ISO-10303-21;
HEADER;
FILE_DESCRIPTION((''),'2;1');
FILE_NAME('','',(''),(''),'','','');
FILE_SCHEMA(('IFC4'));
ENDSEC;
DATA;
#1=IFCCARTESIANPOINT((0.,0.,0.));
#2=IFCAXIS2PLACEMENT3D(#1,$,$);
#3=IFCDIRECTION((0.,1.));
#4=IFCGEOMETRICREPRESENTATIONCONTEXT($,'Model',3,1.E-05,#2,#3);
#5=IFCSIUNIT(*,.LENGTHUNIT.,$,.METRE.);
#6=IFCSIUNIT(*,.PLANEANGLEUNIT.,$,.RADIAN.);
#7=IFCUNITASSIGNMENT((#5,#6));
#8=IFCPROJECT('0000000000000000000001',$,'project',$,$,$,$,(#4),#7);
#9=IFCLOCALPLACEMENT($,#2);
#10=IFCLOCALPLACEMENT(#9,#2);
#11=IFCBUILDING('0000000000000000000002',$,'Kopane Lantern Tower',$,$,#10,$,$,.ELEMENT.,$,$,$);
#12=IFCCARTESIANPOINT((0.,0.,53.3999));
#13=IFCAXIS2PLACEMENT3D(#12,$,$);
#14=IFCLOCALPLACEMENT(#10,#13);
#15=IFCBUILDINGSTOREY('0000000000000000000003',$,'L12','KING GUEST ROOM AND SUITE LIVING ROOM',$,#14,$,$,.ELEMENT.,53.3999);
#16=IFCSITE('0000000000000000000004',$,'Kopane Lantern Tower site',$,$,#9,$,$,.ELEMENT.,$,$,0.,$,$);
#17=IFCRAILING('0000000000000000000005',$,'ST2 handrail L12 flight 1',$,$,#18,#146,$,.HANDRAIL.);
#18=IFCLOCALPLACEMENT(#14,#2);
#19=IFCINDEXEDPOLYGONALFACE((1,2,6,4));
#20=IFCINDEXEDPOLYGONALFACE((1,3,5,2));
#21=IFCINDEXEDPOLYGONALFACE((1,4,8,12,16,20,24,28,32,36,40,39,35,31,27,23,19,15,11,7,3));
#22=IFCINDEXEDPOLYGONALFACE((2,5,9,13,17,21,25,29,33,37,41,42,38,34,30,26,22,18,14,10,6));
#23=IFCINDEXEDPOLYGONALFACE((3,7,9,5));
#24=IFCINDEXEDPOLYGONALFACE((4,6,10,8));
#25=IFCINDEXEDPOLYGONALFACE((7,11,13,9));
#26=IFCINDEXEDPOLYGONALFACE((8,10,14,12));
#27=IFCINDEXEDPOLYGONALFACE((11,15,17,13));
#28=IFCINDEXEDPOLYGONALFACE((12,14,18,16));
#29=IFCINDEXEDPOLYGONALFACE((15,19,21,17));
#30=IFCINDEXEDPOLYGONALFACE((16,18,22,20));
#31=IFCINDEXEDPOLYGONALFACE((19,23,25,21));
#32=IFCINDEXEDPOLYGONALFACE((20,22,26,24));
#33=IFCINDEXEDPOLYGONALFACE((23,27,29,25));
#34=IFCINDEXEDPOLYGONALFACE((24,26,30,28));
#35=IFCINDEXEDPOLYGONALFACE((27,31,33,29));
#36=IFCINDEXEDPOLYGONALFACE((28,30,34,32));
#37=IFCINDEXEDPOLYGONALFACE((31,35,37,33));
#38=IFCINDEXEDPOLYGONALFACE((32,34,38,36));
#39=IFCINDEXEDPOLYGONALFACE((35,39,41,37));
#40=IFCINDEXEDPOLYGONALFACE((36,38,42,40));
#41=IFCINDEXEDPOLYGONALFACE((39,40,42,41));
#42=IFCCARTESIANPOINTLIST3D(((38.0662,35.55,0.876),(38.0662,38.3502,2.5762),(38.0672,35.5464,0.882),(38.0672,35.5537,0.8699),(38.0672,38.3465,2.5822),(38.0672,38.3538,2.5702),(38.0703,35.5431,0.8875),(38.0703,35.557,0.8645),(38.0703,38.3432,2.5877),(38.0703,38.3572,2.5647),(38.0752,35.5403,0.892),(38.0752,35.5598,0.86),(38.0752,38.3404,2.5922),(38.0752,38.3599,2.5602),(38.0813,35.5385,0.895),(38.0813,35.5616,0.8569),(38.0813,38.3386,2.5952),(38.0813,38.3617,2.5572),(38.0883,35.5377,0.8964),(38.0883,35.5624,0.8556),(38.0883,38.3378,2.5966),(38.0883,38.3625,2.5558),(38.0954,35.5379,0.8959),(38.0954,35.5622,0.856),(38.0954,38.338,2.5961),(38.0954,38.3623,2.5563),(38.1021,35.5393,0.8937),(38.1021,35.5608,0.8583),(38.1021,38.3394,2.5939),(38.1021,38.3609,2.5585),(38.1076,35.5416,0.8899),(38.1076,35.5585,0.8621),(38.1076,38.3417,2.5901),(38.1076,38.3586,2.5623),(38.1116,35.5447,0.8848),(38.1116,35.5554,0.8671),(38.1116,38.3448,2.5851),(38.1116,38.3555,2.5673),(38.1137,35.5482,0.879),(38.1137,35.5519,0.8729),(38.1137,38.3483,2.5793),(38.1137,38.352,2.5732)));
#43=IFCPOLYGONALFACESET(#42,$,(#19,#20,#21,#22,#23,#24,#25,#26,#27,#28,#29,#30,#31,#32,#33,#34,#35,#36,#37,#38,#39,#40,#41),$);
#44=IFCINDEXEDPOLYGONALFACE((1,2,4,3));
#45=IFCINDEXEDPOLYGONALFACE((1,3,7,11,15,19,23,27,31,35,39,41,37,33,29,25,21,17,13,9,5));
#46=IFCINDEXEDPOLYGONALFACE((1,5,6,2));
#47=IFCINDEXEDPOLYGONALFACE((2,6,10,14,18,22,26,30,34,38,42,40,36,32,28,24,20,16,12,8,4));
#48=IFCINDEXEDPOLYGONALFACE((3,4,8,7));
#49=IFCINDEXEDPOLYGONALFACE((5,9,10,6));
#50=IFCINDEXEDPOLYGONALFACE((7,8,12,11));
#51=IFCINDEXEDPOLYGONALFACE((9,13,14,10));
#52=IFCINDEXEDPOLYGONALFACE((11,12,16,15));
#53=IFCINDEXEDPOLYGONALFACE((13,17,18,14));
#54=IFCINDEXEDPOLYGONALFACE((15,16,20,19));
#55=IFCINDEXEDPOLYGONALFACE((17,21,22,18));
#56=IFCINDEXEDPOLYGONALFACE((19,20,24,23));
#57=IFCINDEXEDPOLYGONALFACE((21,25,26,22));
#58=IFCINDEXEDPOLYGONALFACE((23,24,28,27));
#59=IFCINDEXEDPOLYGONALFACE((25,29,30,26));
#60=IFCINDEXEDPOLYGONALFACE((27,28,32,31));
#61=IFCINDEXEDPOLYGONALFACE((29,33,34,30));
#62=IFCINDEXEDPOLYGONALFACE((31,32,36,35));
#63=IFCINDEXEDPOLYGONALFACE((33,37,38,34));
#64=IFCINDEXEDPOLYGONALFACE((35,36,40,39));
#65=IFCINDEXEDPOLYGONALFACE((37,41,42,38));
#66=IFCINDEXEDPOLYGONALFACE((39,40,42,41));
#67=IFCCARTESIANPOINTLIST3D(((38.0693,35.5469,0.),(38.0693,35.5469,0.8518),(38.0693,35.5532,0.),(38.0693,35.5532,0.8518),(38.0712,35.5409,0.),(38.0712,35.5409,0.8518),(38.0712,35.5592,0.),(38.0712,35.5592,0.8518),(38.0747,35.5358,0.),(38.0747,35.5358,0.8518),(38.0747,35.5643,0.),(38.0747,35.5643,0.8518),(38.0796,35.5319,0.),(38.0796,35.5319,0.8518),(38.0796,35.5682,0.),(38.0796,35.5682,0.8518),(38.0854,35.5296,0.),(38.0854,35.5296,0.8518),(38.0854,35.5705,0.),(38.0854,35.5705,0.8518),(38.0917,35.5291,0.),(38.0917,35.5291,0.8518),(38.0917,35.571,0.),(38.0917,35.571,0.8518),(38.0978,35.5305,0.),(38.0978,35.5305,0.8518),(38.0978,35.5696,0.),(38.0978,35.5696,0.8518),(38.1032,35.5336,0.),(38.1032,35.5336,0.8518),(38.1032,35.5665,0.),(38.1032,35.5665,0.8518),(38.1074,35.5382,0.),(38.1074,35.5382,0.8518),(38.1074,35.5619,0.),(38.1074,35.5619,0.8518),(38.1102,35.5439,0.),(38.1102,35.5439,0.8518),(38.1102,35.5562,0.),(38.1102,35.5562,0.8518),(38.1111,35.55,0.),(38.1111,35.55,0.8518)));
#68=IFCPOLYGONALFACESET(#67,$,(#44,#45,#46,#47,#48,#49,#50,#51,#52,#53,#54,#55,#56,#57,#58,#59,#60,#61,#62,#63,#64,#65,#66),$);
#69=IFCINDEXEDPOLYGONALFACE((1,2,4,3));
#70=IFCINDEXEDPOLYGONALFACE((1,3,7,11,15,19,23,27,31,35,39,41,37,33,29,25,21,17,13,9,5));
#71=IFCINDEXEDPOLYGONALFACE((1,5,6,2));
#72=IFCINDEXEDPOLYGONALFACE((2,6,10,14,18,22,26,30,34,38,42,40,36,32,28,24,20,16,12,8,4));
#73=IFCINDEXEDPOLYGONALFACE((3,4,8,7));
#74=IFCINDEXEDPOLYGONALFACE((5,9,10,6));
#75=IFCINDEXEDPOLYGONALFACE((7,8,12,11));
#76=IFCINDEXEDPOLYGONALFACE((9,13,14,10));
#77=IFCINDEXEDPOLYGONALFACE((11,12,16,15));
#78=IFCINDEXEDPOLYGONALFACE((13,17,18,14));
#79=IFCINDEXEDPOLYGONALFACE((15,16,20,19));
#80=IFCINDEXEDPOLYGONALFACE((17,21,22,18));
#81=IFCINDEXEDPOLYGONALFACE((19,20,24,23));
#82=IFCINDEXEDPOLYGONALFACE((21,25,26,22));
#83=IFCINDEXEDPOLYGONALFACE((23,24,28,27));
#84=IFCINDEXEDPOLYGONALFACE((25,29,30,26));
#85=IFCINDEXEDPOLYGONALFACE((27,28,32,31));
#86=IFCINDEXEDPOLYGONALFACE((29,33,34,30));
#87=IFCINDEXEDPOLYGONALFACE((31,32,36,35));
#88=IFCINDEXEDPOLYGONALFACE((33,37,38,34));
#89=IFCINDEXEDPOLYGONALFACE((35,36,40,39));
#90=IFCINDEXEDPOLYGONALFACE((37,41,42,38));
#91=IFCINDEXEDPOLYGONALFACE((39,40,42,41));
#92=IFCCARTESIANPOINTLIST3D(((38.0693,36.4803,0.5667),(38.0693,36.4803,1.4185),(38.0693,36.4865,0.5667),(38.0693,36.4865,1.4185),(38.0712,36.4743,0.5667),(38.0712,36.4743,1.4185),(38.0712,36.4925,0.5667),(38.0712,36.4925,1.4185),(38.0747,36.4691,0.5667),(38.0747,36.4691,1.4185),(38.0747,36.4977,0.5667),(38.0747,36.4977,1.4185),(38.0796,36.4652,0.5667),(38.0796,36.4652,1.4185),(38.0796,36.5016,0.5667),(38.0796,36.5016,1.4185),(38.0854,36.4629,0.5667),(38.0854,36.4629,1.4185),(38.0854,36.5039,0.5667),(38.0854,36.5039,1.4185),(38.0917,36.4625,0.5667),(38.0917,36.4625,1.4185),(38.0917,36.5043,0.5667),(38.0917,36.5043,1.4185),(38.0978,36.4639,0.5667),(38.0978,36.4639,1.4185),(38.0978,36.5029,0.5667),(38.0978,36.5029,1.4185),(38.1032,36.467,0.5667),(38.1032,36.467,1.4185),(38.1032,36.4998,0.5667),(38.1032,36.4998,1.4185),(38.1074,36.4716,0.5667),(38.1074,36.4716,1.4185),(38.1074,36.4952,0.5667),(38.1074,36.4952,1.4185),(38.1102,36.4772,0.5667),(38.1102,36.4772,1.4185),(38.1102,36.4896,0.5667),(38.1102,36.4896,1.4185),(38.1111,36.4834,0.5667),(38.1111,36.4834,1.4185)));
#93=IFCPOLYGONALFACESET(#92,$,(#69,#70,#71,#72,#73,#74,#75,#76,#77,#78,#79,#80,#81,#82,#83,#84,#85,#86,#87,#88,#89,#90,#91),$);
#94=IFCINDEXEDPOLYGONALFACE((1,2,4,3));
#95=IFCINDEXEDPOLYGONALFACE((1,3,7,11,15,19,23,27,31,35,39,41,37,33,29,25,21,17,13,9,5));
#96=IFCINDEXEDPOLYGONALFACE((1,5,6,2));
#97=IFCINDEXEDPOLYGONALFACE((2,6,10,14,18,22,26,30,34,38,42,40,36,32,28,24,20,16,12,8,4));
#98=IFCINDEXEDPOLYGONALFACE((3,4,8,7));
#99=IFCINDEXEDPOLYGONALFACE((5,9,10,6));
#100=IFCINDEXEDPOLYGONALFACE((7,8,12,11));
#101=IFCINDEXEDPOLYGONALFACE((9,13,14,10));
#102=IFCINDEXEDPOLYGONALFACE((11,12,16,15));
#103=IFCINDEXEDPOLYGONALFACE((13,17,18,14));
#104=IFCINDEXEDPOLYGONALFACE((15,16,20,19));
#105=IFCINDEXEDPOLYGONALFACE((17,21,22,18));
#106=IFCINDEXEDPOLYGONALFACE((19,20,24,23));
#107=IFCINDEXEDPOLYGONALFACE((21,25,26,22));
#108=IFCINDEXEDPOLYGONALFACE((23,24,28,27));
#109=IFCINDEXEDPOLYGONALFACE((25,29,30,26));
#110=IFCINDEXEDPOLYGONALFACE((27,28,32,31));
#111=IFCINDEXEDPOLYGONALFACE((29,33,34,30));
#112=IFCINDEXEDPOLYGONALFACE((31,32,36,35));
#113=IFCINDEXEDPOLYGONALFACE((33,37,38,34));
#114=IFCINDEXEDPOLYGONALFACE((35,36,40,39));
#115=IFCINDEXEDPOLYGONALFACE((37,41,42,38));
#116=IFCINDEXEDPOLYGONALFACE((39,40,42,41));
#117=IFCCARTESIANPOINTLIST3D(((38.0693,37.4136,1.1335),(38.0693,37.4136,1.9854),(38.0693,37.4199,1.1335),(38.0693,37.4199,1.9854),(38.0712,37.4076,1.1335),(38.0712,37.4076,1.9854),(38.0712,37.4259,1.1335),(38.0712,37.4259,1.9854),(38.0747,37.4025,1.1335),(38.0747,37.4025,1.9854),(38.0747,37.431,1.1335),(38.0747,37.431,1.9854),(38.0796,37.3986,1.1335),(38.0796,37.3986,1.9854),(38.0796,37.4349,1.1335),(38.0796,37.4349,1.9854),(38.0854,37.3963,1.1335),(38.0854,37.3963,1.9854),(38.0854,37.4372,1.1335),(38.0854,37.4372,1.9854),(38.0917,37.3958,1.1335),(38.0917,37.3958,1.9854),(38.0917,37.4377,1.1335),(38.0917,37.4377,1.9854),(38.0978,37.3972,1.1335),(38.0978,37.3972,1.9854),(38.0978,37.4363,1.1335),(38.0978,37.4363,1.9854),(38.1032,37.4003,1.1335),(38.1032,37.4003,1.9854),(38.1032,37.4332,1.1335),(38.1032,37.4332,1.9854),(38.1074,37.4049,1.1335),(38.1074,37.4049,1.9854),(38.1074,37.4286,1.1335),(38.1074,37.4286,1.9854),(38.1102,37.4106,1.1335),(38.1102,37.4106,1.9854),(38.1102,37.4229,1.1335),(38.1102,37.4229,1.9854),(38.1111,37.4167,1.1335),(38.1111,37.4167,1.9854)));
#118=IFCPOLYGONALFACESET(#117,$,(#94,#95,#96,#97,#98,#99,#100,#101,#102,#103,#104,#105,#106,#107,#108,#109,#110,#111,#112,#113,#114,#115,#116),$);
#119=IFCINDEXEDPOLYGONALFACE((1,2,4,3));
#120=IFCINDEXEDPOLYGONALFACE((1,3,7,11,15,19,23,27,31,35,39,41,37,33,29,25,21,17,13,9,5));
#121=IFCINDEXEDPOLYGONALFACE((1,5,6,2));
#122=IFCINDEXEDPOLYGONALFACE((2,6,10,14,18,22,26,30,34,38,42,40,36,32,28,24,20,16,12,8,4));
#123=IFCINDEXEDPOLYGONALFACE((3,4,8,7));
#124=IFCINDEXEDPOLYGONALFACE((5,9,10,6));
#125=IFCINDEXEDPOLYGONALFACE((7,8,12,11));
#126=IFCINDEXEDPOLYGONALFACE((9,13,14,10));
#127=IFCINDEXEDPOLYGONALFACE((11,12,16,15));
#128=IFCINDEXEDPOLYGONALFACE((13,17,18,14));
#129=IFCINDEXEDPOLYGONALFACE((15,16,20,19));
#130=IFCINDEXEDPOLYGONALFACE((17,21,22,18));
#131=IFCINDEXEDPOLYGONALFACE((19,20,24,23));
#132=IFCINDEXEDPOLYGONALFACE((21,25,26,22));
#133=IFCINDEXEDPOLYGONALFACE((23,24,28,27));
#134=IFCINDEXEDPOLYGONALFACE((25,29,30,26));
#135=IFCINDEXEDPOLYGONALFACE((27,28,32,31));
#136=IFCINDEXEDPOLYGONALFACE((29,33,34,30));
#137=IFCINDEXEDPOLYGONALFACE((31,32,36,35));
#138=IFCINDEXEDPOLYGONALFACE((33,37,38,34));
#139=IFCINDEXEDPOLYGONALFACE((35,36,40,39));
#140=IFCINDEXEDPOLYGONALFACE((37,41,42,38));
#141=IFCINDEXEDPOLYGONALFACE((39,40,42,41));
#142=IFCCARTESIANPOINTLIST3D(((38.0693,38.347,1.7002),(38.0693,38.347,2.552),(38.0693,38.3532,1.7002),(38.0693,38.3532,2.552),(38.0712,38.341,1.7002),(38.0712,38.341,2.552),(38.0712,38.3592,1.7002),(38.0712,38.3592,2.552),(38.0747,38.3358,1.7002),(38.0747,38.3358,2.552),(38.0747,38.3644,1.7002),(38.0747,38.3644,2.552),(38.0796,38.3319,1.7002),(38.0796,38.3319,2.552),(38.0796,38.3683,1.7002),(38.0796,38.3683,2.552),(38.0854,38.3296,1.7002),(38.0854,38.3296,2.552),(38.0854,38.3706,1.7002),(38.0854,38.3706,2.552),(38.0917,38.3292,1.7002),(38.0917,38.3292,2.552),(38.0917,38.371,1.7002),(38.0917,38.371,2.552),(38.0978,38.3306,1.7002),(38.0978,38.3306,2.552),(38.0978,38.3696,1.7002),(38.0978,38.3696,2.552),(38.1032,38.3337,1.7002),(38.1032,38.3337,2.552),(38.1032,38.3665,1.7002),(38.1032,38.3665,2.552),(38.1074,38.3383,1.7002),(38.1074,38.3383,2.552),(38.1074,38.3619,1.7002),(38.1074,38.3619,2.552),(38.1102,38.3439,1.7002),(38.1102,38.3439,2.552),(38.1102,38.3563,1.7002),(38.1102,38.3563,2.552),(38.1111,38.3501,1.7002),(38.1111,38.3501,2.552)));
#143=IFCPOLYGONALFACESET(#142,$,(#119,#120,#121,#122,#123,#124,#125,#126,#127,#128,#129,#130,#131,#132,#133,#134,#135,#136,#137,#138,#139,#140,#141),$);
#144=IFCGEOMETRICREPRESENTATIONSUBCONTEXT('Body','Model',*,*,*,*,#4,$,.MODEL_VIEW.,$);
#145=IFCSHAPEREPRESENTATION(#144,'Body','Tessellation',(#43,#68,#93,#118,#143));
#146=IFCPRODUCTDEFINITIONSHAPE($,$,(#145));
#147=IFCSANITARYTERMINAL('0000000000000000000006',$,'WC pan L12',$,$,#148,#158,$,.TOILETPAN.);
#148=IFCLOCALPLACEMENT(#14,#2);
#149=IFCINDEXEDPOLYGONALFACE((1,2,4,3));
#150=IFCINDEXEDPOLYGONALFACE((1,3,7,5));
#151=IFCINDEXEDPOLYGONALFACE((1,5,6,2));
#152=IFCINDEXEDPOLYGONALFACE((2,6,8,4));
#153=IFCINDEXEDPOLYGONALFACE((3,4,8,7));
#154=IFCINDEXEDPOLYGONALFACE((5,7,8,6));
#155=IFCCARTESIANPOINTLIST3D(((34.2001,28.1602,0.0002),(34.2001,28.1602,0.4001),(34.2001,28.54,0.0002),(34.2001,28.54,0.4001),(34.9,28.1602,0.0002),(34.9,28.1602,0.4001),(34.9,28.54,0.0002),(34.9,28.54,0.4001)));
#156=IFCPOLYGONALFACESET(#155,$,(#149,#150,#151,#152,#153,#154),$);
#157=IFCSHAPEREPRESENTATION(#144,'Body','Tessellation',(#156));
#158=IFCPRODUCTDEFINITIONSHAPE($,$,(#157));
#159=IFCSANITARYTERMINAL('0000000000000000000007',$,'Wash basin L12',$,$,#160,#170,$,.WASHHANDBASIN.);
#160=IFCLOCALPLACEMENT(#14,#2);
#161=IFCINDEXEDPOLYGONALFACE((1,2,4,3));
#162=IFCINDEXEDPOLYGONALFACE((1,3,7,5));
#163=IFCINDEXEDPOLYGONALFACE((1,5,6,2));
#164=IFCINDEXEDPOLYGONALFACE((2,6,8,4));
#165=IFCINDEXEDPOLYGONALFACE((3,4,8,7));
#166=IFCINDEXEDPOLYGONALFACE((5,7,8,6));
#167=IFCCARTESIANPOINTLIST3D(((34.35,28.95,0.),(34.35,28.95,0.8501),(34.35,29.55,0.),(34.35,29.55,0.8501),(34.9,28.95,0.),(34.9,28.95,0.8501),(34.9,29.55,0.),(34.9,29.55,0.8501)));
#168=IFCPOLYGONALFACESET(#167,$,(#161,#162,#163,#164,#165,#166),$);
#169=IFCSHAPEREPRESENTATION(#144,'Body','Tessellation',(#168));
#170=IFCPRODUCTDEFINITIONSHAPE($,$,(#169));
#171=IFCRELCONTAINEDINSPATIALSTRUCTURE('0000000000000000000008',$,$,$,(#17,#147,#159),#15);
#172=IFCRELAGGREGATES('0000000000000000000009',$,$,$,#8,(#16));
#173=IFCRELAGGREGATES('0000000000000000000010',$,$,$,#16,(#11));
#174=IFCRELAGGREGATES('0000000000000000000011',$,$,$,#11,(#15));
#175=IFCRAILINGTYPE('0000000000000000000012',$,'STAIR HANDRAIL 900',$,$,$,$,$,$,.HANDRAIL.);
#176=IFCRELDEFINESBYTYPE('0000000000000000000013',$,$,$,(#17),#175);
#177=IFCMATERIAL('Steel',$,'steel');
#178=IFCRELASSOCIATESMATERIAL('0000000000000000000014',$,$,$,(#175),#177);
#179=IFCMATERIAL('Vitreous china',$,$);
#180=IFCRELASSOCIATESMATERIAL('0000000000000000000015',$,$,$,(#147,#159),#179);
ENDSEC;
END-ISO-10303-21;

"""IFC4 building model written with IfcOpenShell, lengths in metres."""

from ifc_helpers import new_model, si_unit, direction, frame, origin, origin_2d, place, context, subcontext, project, spatial, rectangle, circle, extrude, material, type_object, element, save


model = new_model("IFC4")

# Units and contexts
model_context = context("Model", 3, precision=1e-05, world=origin(), true_north=direction((0.0, 1.0)))
body_context = subcontext(model_context, "Body", "Model", "MODEL_VIEW")
ifc_project = project(units=[si_unit("LENGTHUNIT", "METRE"), si_unit("PLANEANGLEUNIT", "RADIAN")], contexts=[model_context])

# Site, building, storey
site_placement = place(None, origin())
site = spatial("IfcSite", under=ifc_project, at=site_placement, Name="Kopane Lantern Tower site", CompositionType="ELEMENT", RefElevation=0.0)
building_placement = place(site_placement, origin())
building = spatial("IfcBuilding", under=site, at=building_placement, Name="Kopane Lantern Tower", CompositionType="ELEMENT")
storey_placement = place(building_placement, frame((0.0, 0.0, 53.3999)))
storey = spatial("IfcBuildingStorey", under=building, at=storey_placement, Name="L12", Description="KING GUEST ROOM AND SUITE LIVING ROOM", CompositionType="ELEMENT", Elevation=53.3999)

# Railing
ifc_material_1 = material(Name="Steel", Category="steel")
railing_type_1 = type_object("IfcRailingType", Name="STAIR HANDRAIL 900", PredefinedType="HANDRAIL", material=ifc_material_1)
for number, where, name in (
    (1, (38.0901, 35.55, 0.0), "ST2 handrail L12 flight 1"),
):
    element("IfcRailing", number, at=place(storey_placement, frame(where)), inside=storey, type_object=railing_type_1, Name=name, PredefinedType="HANDRAIL", context=body_context, shape_type="SweptSolid", body=[
        extrude(circle(Radius=0.0239, at=origin_2d()), frame((0.0, 0.0, 0.876), z_axis=(0.0, 0.854765, 0.519015), x_axis=(-1.0, 0.0, 0.0)), (0.0, 0.0, 1.0), 3.2759),
        extrude(circle(Radius=0.021, at=origin_2d()), origin(), (0.0, 0.0, 1.0), 0.8518),
        extrude(circle(Radius=0.021, at=origin_2d()), frame((0.0, 0.9333, 0.5667)), (0.0, 0.0, 1.0), 0.8518),
        extrude(circle(Radius=0.021, at=origin_2d()), frame((0.0, 1.8667, 1.1335)), (0.0, 0.0, 1.0), 0.8518),
        extrude(circle(Radius=0.021, at=origin_2d()), frame((0.0, 2.8, 1.7002)), (0.0, 0.0, 1.0), 0.8518),
    ])

# Sanitary terminals
ifc_material_2 = material(Name="Vitreous china")
sanitary_terminal_1_placement = place(storey_placement, frame((34.55, 28.3501, 0.0002), z_axis=(0.0, 0.0, 1.0), x_axis=(1.0, 0.0, 0.0)))
element("IfcSanitaryTerminal", 2, at=sanitary_terminal_1_placement, inside=storey, material=ifc_material_2, Name="WC pan L12", PredefinedType="TOILETPAN", context=body_context, shape_type="SweptSolid", body=[
    extrude(rectangle(XDim=0.7, YDim=0.3799, at=origin_2d()), origin(), (0.0, 0.0, 1.0), 0.3999),
])
sanitary_terminal_2_placement = place(storey_placement, frame((34.625, 29.25, 0.0), z_axis=(0.0, 0.0, 1.0), x_axis=(1.0, 0.0, 0.0)))
element("IfcSanitaryTerminal", 3, at=sanitary_terminal_2_placement, inside=storey, material=ifc_material_2, Name="Wash basin L12", PredefinedType="WASHHANDBASIN", context=body_context, shape_type="SweptSolid", body=[
    extrude(rectangle(XDim=0.55, YDim=0.6001, at=origin_2d()), origin(), (0.0, 0.0, 1.0), 0.8501),
])

save(model, "model.ifc")
